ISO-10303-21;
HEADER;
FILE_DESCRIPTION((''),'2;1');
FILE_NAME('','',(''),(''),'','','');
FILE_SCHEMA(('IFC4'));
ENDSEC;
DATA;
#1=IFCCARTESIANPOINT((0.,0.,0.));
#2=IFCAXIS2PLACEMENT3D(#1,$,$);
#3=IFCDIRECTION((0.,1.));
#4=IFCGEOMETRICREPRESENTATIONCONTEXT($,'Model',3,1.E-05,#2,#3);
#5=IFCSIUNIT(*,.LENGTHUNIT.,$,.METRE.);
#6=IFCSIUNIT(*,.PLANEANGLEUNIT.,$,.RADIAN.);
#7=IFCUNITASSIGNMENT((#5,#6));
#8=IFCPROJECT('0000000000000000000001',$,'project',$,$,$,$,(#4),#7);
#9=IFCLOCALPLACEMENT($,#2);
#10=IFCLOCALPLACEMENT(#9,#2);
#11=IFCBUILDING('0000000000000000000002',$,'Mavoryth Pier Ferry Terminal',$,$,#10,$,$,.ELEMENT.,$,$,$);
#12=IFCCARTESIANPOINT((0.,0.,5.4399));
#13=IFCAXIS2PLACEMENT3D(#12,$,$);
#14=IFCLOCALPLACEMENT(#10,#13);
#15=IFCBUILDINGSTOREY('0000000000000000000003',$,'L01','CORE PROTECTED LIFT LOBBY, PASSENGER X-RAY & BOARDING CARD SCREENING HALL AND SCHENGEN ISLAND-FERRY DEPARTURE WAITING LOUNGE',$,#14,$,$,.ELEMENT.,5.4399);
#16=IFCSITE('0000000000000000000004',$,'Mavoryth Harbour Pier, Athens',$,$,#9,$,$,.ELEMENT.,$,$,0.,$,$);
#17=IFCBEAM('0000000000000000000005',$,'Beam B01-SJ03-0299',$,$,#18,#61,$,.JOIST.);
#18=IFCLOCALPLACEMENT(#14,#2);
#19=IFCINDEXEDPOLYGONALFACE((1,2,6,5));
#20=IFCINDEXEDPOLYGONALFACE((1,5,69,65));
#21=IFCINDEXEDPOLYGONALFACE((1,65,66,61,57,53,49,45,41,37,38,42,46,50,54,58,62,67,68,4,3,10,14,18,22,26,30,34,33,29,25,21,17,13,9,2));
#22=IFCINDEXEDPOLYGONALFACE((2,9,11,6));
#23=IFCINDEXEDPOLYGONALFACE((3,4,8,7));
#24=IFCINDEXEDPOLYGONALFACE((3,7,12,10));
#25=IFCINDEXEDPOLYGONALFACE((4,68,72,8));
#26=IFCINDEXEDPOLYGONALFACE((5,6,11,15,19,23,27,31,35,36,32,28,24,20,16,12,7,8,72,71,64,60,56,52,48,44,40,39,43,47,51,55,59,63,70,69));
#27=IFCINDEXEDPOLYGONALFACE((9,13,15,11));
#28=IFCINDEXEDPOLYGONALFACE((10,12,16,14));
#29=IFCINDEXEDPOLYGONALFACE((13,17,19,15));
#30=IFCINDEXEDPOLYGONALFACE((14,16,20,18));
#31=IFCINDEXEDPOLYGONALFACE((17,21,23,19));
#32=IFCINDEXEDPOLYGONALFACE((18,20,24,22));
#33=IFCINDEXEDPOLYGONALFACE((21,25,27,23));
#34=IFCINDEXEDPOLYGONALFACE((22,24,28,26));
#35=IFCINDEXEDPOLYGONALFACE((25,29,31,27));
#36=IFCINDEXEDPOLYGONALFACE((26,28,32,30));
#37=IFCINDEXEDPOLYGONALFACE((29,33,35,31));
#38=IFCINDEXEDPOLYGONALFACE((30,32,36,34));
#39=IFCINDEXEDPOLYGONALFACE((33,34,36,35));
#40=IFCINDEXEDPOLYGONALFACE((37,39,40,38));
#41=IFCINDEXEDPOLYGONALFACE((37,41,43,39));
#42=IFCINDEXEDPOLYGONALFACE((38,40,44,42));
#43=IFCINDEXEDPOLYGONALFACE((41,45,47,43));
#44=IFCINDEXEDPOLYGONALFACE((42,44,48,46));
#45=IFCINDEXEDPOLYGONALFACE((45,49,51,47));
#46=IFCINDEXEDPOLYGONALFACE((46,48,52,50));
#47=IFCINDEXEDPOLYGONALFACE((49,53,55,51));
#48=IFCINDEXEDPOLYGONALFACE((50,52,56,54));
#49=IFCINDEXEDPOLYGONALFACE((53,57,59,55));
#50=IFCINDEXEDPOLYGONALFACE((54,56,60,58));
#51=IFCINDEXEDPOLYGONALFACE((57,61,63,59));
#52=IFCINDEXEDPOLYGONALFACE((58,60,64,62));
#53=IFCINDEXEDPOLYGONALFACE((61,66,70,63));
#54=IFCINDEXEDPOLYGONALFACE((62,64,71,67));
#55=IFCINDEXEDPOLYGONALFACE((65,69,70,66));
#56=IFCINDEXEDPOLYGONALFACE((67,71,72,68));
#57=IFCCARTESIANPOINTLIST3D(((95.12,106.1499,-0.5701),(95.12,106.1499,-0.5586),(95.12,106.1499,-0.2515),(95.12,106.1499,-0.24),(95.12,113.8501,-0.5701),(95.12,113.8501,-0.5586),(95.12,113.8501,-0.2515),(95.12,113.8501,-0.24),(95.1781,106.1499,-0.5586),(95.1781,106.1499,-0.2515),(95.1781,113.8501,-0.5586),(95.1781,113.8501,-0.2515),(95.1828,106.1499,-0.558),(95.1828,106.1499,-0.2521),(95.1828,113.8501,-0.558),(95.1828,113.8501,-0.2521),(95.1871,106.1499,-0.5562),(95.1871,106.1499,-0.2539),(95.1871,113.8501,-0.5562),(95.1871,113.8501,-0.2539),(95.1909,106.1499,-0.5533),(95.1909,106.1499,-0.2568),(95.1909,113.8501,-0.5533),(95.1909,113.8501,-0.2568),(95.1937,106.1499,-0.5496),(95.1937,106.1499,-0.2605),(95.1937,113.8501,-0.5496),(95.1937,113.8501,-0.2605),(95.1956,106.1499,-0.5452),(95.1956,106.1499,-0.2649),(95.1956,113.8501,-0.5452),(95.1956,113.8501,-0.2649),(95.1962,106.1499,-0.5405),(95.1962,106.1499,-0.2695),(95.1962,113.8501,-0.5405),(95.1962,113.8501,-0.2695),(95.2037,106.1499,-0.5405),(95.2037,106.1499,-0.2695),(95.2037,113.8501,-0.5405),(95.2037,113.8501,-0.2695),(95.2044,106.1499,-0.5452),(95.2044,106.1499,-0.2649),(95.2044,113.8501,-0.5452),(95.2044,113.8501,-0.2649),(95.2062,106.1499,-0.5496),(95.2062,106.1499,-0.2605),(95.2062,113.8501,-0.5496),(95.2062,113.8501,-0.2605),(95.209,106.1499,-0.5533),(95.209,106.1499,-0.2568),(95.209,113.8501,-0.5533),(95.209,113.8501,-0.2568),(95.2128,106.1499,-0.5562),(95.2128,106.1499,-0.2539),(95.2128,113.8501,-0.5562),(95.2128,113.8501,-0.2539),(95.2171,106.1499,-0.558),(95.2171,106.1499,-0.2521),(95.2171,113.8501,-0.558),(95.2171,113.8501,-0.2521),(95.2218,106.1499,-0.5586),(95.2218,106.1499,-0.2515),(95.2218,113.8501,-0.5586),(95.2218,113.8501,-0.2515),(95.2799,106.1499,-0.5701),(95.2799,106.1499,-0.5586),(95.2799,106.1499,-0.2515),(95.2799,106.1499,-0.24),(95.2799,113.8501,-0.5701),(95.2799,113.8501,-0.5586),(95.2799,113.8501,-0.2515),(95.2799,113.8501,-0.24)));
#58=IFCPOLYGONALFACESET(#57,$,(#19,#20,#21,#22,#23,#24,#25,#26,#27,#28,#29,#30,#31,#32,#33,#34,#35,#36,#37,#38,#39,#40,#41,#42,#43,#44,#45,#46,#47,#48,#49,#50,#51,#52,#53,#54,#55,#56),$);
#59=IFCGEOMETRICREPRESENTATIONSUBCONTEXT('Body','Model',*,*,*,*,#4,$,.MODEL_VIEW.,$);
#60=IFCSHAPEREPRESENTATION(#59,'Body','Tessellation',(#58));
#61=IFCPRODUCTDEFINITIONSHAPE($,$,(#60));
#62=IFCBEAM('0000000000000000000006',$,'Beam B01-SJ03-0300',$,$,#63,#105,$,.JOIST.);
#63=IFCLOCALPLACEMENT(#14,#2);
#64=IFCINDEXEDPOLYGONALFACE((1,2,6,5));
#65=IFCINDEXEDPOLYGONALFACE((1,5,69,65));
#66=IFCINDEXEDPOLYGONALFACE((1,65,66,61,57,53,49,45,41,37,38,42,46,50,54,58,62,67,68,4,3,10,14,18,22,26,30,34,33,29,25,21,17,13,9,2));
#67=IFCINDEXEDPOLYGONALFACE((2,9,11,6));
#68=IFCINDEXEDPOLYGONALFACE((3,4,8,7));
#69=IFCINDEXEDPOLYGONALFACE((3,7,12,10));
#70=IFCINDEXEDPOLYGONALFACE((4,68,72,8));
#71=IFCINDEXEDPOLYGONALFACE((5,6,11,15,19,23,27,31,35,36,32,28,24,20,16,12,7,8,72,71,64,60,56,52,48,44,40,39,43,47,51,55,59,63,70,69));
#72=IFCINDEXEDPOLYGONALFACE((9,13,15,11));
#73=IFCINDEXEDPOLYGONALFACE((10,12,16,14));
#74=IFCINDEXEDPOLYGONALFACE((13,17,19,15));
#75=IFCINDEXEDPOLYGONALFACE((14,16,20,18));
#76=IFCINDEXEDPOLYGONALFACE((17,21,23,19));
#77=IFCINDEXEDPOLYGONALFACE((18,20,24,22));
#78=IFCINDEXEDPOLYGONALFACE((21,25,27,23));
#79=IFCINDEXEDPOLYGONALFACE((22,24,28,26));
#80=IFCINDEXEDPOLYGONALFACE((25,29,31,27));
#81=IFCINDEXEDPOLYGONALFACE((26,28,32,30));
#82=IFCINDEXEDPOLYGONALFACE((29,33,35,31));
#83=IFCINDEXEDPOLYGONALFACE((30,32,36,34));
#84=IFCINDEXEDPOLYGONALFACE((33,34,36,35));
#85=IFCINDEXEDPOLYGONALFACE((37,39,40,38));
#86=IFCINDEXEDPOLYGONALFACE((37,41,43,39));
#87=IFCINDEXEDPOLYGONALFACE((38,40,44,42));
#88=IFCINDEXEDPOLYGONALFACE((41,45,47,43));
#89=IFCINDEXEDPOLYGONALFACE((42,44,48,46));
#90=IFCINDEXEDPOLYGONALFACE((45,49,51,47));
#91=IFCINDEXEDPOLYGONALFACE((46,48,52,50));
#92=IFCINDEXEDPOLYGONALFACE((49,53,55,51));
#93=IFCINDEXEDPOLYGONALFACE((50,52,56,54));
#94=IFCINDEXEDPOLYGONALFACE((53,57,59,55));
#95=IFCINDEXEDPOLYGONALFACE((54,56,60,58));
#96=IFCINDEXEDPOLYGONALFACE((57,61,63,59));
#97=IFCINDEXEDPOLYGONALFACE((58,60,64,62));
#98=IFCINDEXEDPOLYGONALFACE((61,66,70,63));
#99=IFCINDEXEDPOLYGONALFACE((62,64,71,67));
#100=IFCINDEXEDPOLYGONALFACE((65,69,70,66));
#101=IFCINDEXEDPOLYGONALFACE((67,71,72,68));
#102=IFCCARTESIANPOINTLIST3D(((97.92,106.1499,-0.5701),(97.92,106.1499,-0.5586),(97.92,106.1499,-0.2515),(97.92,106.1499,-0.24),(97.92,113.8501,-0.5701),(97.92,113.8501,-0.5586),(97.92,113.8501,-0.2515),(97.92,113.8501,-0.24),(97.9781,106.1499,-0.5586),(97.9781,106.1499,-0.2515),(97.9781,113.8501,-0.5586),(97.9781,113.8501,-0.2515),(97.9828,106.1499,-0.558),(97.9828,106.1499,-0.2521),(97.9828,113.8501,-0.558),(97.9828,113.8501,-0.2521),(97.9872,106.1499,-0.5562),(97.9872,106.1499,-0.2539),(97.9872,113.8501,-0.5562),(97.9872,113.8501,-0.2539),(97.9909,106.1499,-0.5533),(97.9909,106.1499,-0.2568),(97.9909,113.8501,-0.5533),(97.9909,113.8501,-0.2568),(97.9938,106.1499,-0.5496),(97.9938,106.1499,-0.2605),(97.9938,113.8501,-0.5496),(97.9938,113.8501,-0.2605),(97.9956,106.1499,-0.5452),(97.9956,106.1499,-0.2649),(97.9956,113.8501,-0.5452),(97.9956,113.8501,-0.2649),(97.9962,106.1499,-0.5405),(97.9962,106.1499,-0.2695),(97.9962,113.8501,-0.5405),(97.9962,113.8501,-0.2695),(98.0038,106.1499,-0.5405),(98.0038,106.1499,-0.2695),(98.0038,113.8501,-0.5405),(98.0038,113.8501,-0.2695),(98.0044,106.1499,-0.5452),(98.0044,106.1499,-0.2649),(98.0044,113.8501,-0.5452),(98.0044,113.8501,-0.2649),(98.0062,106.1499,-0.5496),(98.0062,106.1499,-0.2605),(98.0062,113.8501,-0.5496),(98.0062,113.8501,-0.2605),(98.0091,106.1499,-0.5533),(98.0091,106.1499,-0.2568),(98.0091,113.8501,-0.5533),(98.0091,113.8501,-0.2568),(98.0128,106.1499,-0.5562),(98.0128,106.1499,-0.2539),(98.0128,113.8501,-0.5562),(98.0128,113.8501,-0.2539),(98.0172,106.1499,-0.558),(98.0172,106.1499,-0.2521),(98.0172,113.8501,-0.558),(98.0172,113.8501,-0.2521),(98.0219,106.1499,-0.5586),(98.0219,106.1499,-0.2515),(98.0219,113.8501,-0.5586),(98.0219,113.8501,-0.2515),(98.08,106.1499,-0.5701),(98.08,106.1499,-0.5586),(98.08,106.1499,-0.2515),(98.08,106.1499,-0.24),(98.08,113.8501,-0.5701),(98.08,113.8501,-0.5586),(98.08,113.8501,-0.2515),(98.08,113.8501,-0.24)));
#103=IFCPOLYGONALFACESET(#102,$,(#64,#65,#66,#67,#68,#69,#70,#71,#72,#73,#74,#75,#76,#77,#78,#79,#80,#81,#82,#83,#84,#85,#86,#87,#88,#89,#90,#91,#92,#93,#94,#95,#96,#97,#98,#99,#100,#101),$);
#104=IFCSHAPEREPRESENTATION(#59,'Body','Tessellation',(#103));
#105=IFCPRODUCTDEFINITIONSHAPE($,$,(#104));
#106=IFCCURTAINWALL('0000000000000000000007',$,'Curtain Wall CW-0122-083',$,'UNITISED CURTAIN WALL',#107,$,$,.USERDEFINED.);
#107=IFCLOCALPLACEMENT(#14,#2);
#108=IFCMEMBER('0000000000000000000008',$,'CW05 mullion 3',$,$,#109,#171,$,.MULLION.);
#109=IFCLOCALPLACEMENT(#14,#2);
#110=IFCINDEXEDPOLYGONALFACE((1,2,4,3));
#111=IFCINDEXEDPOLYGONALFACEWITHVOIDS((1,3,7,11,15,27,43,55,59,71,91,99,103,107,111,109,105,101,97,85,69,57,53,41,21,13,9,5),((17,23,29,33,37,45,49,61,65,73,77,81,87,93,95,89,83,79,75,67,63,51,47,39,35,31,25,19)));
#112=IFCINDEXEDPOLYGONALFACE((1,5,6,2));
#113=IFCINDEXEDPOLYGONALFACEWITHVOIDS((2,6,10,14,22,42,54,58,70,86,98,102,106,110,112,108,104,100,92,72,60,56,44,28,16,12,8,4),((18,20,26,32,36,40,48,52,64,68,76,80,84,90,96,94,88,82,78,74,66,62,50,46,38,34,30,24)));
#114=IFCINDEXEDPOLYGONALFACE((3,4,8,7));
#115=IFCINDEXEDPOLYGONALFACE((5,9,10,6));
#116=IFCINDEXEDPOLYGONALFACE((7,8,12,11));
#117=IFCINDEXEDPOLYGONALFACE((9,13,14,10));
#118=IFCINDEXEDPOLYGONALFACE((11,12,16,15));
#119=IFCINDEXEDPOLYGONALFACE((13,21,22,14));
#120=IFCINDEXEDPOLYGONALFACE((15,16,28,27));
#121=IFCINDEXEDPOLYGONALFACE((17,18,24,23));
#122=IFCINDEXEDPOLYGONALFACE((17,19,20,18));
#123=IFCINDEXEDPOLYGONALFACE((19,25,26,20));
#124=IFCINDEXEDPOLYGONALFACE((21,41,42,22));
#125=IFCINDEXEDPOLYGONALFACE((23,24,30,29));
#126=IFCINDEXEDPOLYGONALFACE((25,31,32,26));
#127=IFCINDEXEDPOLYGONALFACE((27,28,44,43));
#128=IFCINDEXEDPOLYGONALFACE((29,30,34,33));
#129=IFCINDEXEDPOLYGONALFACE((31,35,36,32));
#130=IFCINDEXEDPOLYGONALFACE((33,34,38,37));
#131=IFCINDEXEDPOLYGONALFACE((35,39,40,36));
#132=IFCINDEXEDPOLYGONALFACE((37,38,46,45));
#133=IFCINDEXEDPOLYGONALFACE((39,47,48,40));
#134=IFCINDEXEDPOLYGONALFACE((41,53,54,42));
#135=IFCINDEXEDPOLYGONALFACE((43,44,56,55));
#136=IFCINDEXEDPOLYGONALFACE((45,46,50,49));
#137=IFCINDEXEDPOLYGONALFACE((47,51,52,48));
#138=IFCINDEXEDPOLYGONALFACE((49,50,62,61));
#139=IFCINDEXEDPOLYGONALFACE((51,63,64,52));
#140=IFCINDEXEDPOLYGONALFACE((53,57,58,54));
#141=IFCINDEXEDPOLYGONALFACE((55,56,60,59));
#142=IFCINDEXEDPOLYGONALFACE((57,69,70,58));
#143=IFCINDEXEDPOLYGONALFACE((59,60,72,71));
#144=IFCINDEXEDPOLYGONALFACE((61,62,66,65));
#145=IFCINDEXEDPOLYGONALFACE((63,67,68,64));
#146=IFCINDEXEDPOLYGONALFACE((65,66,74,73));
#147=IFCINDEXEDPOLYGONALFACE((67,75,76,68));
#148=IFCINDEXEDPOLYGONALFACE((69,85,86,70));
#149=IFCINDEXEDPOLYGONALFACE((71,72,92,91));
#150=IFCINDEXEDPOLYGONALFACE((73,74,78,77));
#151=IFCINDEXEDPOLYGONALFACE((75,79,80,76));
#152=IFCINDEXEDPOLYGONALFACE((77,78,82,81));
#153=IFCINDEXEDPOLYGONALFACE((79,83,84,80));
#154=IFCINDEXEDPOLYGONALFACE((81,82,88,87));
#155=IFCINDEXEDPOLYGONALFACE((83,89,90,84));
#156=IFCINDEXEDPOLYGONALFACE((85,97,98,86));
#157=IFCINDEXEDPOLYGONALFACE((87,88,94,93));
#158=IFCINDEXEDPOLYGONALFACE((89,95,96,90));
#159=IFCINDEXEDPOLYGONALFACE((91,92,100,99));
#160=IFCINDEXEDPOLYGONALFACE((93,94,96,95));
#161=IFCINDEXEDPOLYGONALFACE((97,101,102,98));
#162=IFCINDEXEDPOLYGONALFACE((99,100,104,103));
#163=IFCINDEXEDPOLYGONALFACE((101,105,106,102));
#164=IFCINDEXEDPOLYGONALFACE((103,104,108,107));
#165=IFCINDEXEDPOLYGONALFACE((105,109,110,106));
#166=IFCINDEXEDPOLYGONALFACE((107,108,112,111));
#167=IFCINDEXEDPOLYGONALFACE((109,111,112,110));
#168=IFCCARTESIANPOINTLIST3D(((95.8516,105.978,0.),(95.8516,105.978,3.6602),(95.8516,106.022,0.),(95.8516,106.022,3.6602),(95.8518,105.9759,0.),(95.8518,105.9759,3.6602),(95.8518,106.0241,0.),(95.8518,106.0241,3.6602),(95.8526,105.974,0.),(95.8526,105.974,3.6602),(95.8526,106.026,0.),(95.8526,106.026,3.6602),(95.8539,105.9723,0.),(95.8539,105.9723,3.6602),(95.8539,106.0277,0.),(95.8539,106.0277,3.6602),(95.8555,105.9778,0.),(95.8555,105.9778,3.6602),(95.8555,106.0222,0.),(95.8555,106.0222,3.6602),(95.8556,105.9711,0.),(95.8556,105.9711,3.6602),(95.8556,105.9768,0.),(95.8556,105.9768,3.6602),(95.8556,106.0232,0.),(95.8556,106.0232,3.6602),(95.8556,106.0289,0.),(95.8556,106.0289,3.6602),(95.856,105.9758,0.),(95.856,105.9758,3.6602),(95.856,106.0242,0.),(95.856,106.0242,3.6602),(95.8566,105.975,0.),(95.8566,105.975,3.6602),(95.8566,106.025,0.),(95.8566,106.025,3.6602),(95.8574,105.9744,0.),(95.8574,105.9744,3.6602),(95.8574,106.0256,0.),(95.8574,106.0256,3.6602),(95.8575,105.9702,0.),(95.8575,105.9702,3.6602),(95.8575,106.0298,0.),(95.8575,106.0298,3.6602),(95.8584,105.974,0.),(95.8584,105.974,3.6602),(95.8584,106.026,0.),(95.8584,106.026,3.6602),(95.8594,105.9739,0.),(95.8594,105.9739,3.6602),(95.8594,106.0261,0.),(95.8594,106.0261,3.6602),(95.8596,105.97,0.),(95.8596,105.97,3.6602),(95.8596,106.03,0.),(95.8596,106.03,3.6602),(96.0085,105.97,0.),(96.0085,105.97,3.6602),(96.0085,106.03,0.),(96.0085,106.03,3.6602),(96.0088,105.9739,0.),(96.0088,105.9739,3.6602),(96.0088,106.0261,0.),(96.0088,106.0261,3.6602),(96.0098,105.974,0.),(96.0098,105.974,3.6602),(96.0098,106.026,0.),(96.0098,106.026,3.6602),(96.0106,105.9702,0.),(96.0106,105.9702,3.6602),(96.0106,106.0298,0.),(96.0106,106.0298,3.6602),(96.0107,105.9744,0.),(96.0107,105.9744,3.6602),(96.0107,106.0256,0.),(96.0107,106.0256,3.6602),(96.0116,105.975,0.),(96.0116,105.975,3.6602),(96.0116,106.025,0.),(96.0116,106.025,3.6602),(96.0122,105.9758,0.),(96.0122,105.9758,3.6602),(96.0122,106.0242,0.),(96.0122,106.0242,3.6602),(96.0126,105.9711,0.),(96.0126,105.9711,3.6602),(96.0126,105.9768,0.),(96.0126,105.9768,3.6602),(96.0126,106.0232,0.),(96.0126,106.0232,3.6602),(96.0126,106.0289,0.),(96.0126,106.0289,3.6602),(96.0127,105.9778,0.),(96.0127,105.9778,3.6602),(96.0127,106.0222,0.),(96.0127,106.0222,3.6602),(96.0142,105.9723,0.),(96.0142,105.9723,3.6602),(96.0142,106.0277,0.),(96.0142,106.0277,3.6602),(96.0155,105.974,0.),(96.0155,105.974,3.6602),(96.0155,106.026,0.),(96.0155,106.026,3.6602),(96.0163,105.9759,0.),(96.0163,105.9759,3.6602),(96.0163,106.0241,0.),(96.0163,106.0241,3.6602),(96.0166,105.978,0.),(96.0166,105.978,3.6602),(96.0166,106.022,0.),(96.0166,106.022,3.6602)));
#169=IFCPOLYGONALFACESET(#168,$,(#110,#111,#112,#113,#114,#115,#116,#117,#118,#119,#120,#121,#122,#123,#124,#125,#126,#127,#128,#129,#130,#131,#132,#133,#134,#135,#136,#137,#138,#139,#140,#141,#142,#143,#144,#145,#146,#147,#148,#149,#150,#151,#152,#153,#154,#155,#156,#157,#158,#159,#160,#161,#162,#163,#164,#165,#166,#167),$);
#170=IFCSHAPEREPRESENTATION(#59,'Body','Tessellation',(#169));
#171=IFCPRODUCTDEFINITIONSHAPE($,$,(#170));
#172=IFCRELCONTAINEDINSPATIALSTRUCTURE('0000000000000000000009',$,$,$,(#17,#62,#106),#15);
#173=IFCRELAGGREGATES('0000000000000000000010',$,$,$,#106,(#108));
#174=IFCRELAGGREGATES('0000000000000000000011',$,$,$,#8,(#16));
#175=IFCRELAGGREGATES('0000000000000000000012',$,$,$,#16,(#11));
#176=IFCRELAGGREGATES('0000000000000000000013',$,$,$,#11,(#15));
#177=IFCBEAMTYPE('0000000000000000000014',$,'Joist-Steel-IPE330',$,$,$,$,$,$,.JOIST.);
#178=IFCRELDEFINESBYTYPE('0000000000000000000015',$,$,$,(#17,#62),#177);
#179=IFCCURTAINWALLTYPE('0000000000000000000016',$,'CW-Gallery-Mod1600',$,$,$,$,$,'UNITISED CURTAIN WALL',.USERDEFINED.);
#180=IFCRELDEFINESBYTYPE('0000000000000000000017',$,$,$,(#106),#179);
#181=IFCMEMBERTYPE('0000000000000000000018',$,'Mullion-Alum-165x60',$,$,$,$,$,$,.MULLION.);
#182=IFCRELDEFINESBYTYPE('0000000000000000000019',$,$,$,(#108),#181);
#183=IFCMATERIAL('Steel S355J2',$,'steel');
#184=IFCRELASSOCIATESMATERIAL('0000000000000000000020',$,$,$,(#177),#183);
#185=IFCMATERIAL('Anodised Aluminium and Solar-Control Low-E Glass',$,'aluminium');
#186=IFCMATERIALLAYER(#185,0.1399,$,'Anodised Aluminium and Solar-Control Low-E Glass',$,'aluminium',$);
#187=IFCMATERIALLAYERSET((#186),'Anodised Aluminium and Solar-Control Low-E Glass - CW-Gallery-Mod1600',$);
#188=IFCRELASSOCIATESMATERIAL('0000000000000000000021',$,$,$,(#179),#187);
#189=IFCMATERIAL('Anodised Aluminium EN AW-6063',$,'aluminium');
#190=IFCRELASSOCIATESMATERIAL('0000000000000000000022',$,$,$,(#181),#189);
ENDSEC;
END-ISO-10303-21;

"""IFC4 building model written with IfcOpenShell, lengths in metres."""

from ifc_helpers import new_model, si_unit, direction, frame, origin, origin_2d, place, context, subcontext, project, spatial, hollow_rectangle, i_section, extrude, material, layer, layer_set, material_profile, profile_set, type_object, element, aggregate, save


model = new_model("IFC4")

# Units and contexts
model_context = context("Model", 3, precision=1e-05, world=origin(), true_north=direction((0.0, 1.0)))
body_context = subcontext(model_context, "Body", "Model", "MODEL_VIEW")
ifc_project = project(units=[si_unit("LENGTHUNIT", "METRE"), si_unit("PLANEANGLEUNIT", "RADIAN")], contexts=[model_context])

# Site, building, storey
site_placement = place(None, origin())
site = spatial("IfcSite", under=ifc_project, at=site_placement, Name="Mavoryth Harbour Pier, Athens", CompositionType="ELEMENT", RefElevation=0.0)
building_placement = place(site_placement, origin())
building = spatial("IfcBuilding", under=site, at=building_placement, Name="Mavoryth Pier Ferry Terminal", CompositionType="ELEMENT")
storey_placement = place(building_placement, frame((0.0, 0.0, 5.4399)))
storey = spatial("IfcBuildingStorey", under=building, at=storey_placement, Name="L01", Description="CORE PROTECTED LIFT LOBBY, PASSENGER X-RAY & BOARDING CARD SCREENING HALL AND SCHENGEN ISLAND-FERRY DEPARTURE WAITING LOUNGE", CompositionType="ELEMENT", Elevation=5.4399)

# Shared definitions
ifc_material_1 = material(Name="Steel S355J2", Category="steel")

# Beams
ifc_material_profile_1 = material_profile(ifc_material_1, i_section(OverallWidth=0.1599, OverallDepth=0.3301, WebThickness=0.0076, FlangeThickness=0.0115, FilletRadius=0.0181, at=origin_2d()), Name="IPE 330", Category="steel")
ifc_profile_set_1 = profile_set([ifc_material_profile_1], Name="Steel S355J2 - IPE 330")
beam_type_1 = type_object("IfcBeamType", Name="Joist-Steel-IPE330", PredefinedType="JOIST", material=ifc_profile_set_1)
for number, where, z_axis, x_axis, name in (
    (1, (95.2, 106.1499, -0.405), (0.0, 1.0, 0.0), (-1.0, 0.0, 0.0), "Beam B01-SJ03-0299"),
    (2, (98.0, 106.1499, -0.405), (0.0, 1.0, 0.0), (-1.0, 0.0, 0.0), "Beam B01-SJ03-0300"),
):
    element("IfcBeam", number, at=place(storey_placement, frame(where, z_axis=z_axis, x_axis=x_axis)), inside=storey, type_object=beam_type_1, Name=name, PredefinedType="JOIST", context=body_context, shape_type="SweptSolid", body=[
        extrude(i_section(OverallWidth=0.1599, OverallDepth=0.3301, WebThickness=0.0076, FlangeThickness=0.0115, FilletRadius=0.0181, at=origin_2d()), origin(), (0.0, 0.0, 1.0), 7.7002),
    ])

# Curtain wall, member
ifc_material_2 = material(Name="Anodised Aluminium and Solar-Control Low-E Glass", Category="aluminium")
ifc_layer_1 = layer(ifc_material_2, 0.1399, Name="Anodised Aluminium and Solar-Control Low-E Glass", Category="aluminium")
ifc_layer_set_1 = layer_set([ifc_layer_1], Name="Anodised Aluminium and Solar-Control Low-E Glass - CW-Gallery-Mod1600")
curtain_wall_type = type_object("IfcCurtainWallType", Name="CW-Gallery-Mod1600", ElementType="UNITISED CURTAIN WALL", PredefinedType="USERDEFINED", material=ifc_layer_set_1)
curtain_wall_1_placement = place(storey_placement, origin())
curtain_wall_1 = element("IfcCurtainWall", 3, at=curtain_wall_1_placement, inside=storey, type_object=curtain_wall_type, Name="Curtain Wall CW-0122-083", ObjectType="UNITISED CURTAIN WALL", PredefinedType="USERDEFINED")
ifc_material_3 = material(Name="Anodised Aluminium EN AW-6063", Category="aluminium")
ifc_material_profile_2 = material_profile(ifc_material_3, hollow_rectangle(XDim=0.0601, YDim=0.165, WallThickness=0.0039, InnerFilletRadius=0.0039, OuterFilletRadius=0.0081, at=origin_2d()), Name="AL-MULL 165x60x4", Category="aluminium")
ifc_profile_set_2 = profile_set([ifc_material_profile_2], Name="Anodised Aluminium EN AW-6063 - AL-MULL 165x60x4")
member_type_1 = type_object("IfcMemberType", Name="Mullion-Alum-165x60", PredefinedType="MULLION", material=ifc_profile_set_2)
member_1_placement = place(storey_placement, frame((95.9341, 106.0, 0.0), z_axis=(0.0, 0.0, 1.0), x_axis=(0.0, 1.0, 0.0)))
member_1 = element("IfcMember", 4, at=member_1_placement, type_object=member_type_1, Name="CW05 mullion 3", PredefinedType="MULLION", context=body_context, shape_type="SweptSolid", body=[
    extrude(hollow_rectangle(XDim=0.0601, YDim=0.165, WallThickness=0.0039, InnerFilletRadius=0.0039, OuterFilletRadius=0.0081, at=origin_2d()), origin(), (0.0, 0.0, 1.0), 3.6602),
])

aggregate(curtain_wall_1, [member_1])

save(model, "model.ifc")
